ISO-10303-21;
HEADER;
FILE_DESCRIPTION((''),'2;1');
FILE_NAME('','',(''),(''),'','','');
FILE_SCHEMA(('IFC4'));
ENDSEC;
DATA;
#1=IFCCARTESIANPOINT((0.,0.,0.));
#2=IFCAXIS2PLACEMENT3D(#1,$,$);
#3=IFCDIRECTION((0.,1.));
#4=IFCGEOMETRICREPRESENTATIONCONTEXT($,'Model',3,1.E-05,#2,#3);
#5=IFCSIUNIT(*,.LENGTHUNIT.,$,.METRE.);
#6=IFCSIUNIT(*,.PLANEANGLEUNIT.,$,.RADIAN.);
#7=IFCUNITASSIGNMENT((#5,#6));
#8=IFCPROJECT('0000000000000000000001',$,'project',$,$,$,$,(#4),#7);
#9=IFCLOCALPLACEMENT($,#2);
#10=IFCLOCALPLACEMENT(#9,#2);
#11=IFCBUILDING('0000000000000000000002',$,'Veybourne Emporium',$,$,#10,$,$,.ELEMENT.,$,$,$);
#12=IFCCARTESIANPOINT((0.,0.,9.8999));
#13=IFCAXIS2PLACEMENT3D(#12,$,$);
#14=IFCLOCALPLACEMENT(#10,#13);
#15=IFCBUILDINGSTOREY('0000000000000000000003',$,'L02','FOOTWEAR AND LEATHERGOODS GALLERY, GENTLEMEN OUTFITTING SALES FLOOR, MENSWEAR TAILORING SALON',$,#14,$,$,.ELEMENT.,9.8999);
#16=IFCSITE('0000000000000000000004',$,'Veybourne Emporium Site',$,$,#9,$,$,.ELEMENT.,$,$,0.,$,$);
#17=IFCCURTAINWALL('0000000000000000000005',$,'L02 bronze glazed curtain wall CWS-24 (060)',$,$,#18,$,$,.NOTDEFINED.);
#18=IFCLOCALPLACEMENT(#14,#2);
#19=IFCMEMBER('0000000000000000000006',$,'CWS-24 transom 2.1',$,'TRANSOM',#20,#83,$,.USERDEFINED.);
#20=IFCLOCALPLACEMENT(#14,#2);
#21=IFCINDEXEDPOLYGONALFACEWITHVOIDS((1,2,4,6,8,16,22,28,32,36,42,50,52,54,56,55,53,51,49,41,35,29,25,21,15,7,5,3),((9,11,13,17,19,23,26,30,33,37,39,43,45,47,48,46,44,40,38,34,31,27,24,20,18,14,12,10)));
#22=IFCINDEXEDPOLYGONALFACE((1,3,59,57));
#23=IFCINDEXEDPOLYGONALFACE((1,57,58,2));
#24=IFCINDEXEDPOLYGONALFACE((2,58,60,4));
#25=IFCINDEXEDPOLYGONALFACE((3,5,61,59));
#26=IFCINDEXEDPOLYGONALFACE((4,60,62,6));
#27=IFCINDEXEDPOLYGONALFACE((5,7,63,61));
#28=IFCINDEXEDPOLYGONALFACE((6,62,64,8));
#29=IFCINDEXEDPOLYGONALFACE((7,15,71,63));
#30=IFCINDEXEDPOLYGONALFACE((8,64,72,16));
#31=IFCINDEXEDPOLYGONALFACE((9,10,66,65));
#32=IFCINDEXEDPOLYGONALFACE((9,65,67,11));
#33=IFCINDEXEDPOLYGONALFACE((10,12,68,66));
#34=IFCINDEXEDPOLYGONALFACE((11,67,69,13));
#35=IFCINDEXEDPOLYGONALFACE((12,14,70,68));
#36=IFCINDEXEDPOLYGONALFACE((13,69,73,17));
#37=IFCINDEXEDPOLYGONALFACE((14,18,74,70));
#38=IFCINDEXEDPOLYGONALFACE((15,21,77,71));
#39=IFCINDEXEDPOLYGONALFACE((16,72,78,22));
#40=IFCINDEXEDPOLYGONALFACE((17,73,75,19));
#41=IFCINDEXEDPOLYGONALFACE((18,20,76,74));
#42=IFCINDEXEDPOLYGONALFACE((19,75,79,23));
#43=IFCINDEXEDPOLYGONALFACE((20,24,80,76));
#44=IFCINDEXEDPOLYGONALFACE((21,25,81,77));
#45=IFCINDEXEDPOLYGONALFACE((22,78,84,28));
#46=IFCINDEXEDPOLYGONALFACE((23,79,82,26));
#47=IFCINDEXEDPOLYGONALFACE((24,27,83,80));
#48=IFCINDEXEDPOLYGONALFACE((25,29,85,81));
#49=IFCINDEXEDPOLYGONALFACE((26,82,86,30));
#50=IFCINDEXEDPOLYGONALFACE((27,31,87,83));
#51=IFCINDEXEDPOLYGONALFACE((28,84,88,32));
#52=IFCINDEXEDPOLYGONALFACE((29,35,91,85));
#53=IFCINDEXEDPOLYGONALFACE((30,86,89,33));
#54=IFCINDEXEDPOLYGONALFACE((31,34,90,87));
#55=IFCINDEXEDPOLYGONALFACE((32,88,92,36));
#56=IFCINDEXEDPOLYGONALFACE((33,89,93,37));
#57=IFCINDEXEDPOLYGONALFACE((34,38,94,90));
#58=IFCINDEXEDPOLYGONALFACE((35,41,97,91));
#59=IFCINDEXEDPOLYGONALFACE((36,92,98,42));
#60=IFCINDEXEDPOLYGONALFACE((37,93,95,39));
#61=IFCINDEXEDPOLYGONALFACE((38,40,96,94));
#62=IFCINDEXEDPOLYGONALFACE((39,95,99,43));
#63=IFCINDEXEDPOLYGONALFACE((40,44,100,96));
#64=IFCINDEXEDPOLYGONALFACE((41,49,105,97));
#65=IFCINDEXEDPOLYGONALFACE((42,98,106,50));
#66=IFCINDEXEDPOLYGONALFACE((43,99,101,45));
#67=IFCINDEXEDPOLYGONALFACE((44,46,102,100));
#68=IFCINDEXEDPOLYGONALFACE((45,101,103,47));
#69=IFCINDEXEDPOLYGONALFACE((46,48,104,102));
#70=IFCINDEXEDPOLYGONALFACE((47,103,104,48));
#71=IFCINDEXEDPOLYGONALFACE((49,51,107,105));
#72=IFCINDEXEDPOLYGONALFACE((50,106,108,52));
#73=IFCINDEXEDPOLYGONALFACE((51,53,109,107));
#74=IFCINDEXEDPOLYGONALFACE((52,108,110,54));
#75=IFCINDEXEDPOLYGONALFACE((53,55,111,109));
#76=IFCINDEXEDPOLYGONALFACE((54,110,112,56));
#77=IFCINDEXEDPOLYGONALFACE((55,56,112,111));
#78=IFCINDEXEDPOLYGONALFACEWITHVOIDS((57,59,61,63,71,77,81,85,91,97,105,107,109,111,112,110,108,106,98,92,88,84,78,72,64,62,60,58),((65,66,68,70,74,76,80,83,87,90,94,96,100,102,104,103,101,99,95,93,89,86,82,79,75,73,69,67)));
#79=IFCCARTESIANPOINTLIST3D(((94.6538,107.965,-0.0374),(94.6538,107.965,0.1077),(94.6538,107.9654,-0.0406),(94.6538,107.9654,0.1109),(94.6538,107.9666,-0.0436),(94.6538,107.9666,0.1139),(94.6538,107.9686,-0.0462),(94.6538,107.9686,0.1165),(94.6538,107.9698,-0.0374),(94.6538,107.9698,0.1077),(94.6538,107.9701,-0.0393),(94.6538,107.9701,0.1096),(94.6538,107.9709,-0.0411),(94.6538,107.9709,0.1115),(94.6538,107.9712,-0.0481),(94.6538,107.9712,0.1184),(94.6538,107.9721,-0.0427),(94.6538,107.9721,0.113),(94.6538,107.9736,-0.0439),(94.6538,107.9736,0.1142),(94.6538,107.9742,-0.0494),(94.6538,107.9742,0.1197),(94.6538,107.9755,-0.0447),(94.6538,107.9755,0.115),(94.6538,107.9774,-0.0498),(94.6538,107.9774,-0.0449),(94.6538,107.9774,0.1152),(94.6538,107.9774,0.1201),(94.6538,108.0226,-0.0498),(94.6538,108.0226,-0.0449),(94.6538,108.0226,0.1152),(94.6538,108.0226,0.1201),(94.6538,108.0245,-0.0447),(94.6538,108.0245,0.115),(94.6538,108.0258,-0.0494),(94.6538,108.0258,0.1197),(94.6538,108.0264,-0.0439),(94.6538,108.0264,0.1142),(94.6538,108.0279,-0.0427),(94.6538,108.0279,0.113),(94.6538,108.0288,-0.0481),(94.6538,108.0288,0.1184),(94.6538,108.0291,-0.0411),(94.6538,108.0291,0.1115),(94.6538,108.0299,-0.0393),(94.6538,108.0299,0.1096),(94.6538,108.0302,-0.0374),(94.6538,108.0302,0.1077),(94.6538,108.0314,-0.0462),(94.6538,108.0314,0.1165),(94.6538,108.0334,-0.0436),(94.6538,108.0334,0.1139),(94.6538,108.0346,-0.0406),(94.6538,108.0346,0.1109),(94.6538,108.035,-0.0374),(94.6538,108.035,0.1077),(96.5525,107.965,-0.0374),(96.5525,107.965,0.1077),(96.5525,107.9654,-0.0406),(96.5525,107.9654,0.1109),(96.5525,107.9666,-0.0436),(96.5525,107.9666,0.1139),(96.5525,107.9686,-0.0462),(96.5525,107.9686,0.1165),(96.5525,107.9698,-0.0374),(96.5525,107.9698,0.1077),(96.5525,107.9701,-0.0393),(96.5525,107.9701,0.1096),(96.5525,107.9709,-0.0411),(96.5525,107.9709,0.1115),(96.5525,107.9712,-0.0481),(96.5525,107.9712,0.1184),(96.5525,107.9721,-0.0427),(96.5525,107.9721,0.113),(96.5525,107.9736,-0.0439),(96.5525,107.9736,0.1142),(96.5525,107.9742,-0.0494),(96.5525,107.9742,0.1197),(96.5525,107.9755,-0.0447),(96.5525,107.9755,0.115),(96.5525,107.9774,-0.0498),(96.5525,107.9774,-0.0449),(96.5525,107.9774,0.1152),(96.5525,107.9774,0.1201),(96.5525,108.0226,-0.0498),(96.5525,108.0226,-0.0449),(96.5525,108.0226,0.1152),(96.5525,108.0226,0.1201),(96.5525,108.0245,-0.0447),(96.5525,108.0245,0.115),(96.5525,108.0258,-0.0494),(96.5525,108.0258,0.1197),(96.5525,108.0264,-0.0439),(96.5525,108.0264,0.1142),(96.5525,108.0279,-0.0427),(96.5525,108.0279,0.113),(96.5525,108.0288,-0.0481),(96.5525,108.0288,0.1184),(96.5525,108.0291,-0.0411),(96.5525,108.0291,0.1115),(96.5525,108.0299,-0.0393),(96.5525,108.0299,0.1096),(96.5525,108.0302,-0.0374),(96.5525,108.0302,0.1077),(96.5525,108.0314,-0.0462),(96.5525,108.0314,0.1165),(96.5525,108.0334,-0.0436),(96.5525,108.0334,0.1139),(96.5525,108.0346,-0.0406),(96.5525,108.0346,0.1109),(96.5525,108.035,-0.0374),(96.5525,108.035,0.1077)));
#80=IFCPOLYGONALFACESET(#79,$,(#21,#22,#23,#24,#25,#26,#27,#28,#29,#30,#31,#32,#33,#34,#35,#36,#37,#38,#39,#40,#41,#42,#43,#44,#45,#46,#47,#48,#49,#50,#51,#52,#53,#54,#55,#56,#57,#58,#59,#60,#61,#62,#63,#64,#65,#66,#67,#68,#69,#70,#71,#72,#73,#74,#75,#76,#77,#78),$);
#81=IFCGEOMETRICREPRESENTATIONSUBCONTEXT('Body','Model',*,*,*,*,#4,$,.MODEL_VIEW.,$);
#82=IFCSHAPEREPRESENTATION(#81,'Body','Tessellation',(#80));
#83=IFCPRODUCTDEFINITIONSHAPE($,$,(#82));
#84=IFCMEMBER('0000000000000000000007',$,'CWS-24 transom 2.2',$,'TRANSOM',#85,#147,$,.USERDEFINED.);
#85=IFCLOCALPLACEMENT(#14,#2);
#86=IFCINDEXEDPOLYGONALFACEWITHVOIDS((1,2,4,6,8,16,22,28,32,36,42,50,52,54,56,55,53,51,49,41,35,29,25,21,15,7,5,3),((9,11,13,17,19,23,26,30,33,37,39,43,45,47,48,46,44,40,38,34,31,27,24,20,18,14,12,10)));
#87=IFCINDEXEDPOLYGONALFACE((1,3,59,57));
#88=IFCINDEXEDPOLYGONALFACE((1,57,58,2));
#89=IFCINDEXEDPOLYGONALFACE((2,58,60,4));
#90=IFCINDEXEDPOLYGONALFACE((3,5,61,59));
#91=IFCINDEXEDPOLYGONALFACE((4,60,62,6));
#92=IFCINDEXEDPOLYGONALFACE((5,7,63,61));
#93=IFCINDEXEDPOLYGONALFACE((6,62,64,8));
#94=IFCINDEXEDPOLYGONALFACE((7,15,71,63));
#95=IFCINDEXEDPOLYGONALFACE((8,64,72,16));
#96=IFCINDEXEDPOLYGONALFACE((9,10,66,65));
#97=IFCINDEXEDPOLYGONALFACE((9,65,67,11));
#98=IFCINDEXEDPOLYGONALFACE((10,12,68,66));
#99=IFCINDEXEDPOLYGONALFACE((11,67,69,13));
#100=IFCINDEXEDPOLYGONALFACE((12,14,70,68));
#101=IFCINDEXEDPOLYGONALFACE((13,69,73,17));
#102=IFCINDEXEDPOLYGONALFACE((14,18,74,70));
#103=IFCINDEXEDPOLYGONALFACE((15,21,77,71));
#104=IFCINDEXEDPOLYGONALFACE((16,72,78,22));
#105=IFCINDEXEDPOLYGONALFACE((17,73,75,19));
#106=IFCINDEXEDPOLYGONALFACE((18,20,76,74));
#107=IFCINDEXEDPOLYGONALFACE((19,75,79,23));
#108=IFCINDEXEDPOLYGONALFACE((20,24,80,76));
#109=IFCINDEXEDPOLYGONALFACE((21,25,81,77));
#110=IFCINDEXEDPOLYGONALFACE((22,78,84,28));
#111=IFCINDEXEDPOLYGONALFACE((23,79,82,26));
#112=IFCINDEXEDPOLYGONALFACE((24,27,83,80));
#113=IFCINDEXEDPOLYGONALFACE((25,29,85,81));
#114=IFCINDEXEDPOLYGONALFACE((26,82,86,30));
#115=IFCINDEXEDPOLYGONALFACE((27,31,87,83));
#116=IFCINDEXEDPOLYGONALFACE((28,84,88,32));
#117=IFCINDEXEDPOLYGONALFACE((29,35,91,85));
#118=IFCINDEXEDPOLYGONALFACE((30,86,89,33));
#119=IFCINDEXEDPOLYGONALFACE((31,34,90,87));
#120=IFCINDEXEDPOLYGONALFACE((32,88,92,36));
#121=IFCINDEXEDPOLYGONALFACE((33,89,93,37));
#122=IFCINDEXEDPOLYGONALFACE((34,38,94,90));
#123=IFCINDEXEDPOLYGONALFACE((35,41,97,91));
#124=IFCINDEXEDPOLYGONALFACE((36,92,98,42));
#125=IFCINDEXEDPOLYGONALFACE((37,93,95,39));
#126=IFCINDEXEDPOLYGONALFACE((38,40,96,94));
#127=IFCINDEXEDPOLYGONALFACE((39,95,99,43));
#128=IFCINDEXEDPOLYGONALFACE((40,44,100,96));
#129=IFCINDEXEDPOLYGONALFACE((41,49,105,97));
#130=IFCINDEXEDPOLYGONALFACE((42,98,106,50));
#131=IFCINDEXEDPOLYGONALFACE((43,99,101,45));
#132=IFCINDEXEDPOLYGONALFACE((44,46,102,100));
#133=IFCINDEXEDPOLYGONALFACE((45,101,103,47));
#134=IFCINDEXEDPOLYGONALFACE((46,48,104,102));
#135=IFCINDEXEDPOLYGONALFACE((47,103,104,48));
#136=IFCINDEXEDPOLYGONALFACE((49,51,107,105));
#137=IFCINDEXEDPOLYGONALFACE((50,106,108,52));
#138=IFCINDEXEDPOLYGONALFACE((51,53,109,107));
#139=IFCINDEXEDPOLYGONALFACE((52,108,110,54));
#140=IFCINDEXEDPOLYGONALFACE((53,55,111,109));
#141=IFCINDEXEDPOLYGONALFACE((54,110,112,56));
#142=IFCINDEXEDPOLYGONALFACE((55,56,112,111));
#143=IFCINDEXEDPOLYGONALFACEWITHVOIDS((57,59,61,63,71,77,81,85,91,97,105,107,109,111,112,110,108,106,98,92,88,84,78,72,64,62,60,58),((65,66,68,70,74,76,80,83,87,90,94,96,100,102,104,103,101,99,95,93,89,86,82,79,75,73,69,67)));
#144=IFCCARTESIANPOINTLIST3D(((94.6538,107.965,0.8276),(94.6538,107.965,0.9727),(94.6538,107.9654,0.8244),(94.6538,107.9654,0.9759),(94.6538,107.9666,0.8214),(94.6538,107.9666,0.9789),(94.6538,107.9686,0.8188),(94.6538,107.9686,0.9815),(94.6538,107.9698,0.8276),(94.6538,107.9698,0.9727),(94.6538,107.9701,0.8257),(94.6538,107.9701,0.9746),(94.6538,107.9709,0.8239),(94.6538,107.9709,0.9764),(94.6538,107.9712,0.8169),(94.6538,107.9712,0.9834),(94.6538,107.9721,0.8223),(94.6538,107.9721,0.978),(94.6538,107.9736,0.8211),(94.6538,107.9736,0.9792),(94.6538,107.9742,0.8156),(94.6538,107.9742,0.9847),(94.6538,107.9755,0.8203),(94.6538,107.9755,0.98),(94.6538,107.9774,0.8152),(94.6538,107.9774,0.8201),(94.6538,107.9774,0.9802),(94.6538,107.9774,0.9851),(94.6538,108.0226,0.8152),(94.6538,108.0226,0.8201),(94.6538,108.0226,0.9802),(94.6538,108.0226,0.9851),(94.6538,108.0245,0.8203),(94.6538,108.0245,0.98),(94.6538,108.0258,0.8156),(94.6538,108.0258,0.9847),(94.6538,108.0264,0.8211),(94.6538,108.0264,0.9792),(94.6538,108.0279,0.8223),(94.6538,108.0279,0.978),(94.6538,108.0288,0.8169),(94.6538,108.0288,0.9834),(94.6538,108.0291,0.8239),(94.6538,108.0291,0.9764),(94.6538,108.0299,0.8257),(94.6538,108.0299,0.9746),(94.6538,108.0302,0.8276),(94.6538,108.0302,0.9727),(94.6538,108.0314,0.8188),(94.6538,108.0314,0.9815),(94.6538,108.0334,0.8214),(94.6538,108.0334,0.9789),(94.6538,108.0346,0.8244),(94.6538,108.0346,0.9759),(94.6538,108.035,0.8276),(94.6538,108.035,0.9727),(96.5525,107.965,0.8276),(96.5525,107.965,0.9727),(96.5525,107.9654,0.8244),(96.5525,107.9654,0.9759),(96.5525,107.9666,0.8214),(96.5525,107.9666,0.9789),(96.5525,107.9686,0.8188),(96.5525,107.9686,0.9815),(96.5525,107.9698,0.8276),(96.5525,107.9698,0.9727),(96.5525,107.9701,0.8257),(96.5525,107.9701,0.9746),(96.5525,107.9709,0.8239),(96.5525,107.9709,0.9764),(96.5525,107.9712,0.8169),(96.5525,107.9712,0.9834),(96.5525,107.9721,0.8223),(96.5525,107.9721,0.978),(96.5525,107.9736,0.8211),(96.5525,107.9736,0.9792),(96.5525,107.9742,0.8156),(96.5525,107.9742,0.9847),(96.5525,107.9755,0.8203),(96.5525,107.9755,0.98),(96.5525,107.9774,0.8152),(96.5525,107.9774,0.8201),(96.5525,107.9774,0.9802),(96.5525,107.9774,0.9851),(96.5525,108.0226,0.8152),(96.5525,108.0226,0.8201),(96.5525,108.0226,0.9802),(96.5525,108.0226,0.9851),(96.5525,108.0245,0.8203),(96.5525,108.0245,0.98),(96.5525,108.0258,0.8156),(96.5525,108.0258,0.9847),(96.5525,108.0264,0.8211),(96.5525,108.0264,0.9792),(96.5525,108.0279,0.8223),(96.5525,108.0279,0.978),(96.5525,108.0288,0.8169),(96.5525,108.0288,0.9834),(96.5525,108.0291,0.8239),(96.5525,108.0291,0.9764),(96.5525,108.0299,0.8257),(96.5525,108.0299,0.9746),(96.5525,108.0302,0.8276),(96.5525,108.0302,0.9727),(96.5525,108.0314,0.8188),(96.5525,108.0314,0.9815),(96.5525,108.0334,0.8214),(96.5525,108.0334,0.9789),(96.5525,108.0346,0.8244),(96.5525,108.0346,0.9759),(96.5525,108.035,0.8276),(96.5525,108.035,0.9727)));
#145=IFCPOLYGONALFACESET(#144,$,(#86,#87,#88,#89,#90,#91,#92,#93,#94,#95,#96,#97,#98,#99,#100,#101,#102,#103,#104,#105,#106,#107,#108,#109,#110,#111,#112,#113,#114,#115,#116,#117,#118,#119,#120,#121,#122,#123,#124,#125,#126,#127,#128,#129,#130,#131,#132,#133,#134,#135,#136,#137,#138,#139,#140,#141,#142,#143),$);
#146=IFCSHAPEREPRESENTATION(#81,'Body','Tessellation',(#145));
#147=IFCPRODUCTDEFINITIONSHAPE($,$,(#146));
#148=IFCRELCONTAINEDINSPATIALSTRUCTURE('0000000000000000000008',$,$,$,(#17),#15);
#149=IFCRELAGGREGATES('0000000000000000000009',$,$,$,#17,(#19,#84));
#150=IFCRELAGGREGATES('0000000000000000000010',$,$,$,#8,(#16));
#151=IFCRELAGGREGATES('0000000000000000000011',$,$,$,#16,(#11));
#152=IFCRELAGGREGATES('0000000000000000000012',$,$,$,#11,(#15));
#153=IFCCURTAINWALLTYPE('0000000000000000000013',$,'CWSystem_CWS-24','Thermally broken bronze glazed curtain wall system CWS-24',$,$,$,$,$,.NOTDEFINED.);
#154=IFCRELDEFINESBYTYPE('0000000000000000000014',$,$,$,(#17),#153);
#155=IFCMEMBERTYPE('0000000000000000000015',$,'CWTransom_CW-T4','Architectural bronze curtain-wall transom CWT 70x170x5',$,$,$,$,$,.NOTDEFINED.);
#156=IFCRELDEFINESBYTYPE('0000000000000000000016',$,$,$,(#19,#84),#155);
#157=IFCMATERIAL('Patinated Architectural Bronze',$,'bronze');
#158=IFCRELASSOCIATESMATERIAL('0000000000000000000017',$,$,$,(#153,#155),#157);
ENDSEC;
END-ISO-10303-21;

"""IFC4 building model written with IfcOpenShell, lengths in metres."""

from ifc_helpers import new_model, si_unit, direction, frame, origin, origin_2d, place, context, subcontext, project, spatial, hollow_rectangle, extrude, material, material_profile, profile_set, type_object, element, aggregate, save


model = new_model("IFC4")

# Units and contexts
model_context = context("Model", 3, precision=1e-05, world=origin(), true_north=direction((0.0, 1.0)))
body_context = subcontext(model_context, "Body", "Model", "MODEL_VIEW")
ifc_project = project(units=[si_unit("LENGTHUNIT", "METRE"), si_unit("PLANEANGLEUNIT", "RADIAN")], contexts=[model_context])

# Site, building, storey
site_placement = place(None, origin())
site = spatial("IfcSite", under=ifc_project, at=site_placement, Name="Veybourne Emporium Site", CompositionType="ELEMENT", RefElevation=0.0)
building_placement = place(site_placement, origin())
building = spatial("IfcBuilding", under=site, at=building_placement, Name="Veybourne Emporium", CompositionType="ELEMENT")
storey_placement = place(building_placement, frame((0.0, 0.0, 9.8999)))
storey = spatial("IfcBuildingStorey", under=building, at=storey_placement, Name="L02", Description="FOOTWEAR AND LEATHERGOODS GALLERY, GENTLEMEN OUTFITTING SALES FLOOR, MENSWEAR TAILORING SALON", CompositionType="ELEMENT", Elevation=9.8999)

# Curtain wall, members
ifc_material_1 = material(Name="Patinated Architectural Bronze", Category="bronze")
curtain_wall_type = type_object("IfcCurtainWallType", Name="CWSystem_CWS-24", Description="Thermally broken bronze glazed curtain wall system CWS-24", PredefinedType="NOTDEFINED", material=ifc_material_1)
curtain_wall_placement = place(storey_placement, origin())
curtain_wall = element("IfcCurtainWall", 1, at=curtain_wall_placement, inside=storey, type_object=curtain_wall_type, Name="L02 bronze glazed curtain wall CWS-24 (060)", PredefinedType="NOTDEFINED")
ifc_material_profile_1 = material_profile(ifc_material_1, hollow_rectangle(XDim=0.0701, YDim=0.1699, WallThickness=0.0049, InnerFilletRadius=0.0076, OuterFilletRadius=0.0125, at=origin_2d()), Name="CWT 70x170x5")
ifc_profile_set_1 = profile_set([ifc_material_profile_1], Name="Patinated Architectural Bronze")
member_type_1 = type_object("IfcMemberType", Name="CWTransom_CW-T4", Description="Architectural bronze curtain-wall transom CWT 70x170x5", PredefinedType="NOTDEFINED", material=ifc_profile_set_1)
member_1_placement = place(storey_placement, frame((94.6538, 108.0, 0.0352), z_axis=(1.0, 0.0, 0.0), x_axis=(0.0, 1.0, 0.0)))
member_1 = element("IfcMember", 2, at=member_1_placement, type_object=member_type_1, Name="CWS-24 transom 2.1", ObjectType="TRANSOM", PredefinedType="USERDEFINED", context=body_context, shape_type="SweptSolid", body=[
    extrude(hollow_rectangle(XDim=0.0701, YDim=0.1699, WallThickness=0.0049, InnerFilletRadius=0.0076, OuterFilletRadius=0.0125, at=origin_2d()), origin(), (0.0, 0.0, 1.0), 1.8987),
])
member_2_placement = place(storey_placement, frame((94.6538, 108.0, 0.9001), z_axis=(1.0, 0.0, 0.0), x_axis=(0.0, 1.0, 0.0)))
member_2 = element("IfcMember", 3, at=member_2_placement, type_object=member_type_1, Name="CWS-24 transom 2.2", ObjectType="TRANSOM", PredefinedType="USERDEFINED", context=body_context, shape_type="SweptSolid", body=[
    extrude(hollow_rectangle(XDim=0.0701, YDim=0.1699, WallThickness=0.0049, InnerFilletRadius=0.0076, OuterFilletRadius=0.0125, at=origin_2d()), origin(), (0.0, 0.0, 1.0), 1.8987),
])
aggregate(curtain_wall, [member_1, member_2])

save(model, "model.ifc")
